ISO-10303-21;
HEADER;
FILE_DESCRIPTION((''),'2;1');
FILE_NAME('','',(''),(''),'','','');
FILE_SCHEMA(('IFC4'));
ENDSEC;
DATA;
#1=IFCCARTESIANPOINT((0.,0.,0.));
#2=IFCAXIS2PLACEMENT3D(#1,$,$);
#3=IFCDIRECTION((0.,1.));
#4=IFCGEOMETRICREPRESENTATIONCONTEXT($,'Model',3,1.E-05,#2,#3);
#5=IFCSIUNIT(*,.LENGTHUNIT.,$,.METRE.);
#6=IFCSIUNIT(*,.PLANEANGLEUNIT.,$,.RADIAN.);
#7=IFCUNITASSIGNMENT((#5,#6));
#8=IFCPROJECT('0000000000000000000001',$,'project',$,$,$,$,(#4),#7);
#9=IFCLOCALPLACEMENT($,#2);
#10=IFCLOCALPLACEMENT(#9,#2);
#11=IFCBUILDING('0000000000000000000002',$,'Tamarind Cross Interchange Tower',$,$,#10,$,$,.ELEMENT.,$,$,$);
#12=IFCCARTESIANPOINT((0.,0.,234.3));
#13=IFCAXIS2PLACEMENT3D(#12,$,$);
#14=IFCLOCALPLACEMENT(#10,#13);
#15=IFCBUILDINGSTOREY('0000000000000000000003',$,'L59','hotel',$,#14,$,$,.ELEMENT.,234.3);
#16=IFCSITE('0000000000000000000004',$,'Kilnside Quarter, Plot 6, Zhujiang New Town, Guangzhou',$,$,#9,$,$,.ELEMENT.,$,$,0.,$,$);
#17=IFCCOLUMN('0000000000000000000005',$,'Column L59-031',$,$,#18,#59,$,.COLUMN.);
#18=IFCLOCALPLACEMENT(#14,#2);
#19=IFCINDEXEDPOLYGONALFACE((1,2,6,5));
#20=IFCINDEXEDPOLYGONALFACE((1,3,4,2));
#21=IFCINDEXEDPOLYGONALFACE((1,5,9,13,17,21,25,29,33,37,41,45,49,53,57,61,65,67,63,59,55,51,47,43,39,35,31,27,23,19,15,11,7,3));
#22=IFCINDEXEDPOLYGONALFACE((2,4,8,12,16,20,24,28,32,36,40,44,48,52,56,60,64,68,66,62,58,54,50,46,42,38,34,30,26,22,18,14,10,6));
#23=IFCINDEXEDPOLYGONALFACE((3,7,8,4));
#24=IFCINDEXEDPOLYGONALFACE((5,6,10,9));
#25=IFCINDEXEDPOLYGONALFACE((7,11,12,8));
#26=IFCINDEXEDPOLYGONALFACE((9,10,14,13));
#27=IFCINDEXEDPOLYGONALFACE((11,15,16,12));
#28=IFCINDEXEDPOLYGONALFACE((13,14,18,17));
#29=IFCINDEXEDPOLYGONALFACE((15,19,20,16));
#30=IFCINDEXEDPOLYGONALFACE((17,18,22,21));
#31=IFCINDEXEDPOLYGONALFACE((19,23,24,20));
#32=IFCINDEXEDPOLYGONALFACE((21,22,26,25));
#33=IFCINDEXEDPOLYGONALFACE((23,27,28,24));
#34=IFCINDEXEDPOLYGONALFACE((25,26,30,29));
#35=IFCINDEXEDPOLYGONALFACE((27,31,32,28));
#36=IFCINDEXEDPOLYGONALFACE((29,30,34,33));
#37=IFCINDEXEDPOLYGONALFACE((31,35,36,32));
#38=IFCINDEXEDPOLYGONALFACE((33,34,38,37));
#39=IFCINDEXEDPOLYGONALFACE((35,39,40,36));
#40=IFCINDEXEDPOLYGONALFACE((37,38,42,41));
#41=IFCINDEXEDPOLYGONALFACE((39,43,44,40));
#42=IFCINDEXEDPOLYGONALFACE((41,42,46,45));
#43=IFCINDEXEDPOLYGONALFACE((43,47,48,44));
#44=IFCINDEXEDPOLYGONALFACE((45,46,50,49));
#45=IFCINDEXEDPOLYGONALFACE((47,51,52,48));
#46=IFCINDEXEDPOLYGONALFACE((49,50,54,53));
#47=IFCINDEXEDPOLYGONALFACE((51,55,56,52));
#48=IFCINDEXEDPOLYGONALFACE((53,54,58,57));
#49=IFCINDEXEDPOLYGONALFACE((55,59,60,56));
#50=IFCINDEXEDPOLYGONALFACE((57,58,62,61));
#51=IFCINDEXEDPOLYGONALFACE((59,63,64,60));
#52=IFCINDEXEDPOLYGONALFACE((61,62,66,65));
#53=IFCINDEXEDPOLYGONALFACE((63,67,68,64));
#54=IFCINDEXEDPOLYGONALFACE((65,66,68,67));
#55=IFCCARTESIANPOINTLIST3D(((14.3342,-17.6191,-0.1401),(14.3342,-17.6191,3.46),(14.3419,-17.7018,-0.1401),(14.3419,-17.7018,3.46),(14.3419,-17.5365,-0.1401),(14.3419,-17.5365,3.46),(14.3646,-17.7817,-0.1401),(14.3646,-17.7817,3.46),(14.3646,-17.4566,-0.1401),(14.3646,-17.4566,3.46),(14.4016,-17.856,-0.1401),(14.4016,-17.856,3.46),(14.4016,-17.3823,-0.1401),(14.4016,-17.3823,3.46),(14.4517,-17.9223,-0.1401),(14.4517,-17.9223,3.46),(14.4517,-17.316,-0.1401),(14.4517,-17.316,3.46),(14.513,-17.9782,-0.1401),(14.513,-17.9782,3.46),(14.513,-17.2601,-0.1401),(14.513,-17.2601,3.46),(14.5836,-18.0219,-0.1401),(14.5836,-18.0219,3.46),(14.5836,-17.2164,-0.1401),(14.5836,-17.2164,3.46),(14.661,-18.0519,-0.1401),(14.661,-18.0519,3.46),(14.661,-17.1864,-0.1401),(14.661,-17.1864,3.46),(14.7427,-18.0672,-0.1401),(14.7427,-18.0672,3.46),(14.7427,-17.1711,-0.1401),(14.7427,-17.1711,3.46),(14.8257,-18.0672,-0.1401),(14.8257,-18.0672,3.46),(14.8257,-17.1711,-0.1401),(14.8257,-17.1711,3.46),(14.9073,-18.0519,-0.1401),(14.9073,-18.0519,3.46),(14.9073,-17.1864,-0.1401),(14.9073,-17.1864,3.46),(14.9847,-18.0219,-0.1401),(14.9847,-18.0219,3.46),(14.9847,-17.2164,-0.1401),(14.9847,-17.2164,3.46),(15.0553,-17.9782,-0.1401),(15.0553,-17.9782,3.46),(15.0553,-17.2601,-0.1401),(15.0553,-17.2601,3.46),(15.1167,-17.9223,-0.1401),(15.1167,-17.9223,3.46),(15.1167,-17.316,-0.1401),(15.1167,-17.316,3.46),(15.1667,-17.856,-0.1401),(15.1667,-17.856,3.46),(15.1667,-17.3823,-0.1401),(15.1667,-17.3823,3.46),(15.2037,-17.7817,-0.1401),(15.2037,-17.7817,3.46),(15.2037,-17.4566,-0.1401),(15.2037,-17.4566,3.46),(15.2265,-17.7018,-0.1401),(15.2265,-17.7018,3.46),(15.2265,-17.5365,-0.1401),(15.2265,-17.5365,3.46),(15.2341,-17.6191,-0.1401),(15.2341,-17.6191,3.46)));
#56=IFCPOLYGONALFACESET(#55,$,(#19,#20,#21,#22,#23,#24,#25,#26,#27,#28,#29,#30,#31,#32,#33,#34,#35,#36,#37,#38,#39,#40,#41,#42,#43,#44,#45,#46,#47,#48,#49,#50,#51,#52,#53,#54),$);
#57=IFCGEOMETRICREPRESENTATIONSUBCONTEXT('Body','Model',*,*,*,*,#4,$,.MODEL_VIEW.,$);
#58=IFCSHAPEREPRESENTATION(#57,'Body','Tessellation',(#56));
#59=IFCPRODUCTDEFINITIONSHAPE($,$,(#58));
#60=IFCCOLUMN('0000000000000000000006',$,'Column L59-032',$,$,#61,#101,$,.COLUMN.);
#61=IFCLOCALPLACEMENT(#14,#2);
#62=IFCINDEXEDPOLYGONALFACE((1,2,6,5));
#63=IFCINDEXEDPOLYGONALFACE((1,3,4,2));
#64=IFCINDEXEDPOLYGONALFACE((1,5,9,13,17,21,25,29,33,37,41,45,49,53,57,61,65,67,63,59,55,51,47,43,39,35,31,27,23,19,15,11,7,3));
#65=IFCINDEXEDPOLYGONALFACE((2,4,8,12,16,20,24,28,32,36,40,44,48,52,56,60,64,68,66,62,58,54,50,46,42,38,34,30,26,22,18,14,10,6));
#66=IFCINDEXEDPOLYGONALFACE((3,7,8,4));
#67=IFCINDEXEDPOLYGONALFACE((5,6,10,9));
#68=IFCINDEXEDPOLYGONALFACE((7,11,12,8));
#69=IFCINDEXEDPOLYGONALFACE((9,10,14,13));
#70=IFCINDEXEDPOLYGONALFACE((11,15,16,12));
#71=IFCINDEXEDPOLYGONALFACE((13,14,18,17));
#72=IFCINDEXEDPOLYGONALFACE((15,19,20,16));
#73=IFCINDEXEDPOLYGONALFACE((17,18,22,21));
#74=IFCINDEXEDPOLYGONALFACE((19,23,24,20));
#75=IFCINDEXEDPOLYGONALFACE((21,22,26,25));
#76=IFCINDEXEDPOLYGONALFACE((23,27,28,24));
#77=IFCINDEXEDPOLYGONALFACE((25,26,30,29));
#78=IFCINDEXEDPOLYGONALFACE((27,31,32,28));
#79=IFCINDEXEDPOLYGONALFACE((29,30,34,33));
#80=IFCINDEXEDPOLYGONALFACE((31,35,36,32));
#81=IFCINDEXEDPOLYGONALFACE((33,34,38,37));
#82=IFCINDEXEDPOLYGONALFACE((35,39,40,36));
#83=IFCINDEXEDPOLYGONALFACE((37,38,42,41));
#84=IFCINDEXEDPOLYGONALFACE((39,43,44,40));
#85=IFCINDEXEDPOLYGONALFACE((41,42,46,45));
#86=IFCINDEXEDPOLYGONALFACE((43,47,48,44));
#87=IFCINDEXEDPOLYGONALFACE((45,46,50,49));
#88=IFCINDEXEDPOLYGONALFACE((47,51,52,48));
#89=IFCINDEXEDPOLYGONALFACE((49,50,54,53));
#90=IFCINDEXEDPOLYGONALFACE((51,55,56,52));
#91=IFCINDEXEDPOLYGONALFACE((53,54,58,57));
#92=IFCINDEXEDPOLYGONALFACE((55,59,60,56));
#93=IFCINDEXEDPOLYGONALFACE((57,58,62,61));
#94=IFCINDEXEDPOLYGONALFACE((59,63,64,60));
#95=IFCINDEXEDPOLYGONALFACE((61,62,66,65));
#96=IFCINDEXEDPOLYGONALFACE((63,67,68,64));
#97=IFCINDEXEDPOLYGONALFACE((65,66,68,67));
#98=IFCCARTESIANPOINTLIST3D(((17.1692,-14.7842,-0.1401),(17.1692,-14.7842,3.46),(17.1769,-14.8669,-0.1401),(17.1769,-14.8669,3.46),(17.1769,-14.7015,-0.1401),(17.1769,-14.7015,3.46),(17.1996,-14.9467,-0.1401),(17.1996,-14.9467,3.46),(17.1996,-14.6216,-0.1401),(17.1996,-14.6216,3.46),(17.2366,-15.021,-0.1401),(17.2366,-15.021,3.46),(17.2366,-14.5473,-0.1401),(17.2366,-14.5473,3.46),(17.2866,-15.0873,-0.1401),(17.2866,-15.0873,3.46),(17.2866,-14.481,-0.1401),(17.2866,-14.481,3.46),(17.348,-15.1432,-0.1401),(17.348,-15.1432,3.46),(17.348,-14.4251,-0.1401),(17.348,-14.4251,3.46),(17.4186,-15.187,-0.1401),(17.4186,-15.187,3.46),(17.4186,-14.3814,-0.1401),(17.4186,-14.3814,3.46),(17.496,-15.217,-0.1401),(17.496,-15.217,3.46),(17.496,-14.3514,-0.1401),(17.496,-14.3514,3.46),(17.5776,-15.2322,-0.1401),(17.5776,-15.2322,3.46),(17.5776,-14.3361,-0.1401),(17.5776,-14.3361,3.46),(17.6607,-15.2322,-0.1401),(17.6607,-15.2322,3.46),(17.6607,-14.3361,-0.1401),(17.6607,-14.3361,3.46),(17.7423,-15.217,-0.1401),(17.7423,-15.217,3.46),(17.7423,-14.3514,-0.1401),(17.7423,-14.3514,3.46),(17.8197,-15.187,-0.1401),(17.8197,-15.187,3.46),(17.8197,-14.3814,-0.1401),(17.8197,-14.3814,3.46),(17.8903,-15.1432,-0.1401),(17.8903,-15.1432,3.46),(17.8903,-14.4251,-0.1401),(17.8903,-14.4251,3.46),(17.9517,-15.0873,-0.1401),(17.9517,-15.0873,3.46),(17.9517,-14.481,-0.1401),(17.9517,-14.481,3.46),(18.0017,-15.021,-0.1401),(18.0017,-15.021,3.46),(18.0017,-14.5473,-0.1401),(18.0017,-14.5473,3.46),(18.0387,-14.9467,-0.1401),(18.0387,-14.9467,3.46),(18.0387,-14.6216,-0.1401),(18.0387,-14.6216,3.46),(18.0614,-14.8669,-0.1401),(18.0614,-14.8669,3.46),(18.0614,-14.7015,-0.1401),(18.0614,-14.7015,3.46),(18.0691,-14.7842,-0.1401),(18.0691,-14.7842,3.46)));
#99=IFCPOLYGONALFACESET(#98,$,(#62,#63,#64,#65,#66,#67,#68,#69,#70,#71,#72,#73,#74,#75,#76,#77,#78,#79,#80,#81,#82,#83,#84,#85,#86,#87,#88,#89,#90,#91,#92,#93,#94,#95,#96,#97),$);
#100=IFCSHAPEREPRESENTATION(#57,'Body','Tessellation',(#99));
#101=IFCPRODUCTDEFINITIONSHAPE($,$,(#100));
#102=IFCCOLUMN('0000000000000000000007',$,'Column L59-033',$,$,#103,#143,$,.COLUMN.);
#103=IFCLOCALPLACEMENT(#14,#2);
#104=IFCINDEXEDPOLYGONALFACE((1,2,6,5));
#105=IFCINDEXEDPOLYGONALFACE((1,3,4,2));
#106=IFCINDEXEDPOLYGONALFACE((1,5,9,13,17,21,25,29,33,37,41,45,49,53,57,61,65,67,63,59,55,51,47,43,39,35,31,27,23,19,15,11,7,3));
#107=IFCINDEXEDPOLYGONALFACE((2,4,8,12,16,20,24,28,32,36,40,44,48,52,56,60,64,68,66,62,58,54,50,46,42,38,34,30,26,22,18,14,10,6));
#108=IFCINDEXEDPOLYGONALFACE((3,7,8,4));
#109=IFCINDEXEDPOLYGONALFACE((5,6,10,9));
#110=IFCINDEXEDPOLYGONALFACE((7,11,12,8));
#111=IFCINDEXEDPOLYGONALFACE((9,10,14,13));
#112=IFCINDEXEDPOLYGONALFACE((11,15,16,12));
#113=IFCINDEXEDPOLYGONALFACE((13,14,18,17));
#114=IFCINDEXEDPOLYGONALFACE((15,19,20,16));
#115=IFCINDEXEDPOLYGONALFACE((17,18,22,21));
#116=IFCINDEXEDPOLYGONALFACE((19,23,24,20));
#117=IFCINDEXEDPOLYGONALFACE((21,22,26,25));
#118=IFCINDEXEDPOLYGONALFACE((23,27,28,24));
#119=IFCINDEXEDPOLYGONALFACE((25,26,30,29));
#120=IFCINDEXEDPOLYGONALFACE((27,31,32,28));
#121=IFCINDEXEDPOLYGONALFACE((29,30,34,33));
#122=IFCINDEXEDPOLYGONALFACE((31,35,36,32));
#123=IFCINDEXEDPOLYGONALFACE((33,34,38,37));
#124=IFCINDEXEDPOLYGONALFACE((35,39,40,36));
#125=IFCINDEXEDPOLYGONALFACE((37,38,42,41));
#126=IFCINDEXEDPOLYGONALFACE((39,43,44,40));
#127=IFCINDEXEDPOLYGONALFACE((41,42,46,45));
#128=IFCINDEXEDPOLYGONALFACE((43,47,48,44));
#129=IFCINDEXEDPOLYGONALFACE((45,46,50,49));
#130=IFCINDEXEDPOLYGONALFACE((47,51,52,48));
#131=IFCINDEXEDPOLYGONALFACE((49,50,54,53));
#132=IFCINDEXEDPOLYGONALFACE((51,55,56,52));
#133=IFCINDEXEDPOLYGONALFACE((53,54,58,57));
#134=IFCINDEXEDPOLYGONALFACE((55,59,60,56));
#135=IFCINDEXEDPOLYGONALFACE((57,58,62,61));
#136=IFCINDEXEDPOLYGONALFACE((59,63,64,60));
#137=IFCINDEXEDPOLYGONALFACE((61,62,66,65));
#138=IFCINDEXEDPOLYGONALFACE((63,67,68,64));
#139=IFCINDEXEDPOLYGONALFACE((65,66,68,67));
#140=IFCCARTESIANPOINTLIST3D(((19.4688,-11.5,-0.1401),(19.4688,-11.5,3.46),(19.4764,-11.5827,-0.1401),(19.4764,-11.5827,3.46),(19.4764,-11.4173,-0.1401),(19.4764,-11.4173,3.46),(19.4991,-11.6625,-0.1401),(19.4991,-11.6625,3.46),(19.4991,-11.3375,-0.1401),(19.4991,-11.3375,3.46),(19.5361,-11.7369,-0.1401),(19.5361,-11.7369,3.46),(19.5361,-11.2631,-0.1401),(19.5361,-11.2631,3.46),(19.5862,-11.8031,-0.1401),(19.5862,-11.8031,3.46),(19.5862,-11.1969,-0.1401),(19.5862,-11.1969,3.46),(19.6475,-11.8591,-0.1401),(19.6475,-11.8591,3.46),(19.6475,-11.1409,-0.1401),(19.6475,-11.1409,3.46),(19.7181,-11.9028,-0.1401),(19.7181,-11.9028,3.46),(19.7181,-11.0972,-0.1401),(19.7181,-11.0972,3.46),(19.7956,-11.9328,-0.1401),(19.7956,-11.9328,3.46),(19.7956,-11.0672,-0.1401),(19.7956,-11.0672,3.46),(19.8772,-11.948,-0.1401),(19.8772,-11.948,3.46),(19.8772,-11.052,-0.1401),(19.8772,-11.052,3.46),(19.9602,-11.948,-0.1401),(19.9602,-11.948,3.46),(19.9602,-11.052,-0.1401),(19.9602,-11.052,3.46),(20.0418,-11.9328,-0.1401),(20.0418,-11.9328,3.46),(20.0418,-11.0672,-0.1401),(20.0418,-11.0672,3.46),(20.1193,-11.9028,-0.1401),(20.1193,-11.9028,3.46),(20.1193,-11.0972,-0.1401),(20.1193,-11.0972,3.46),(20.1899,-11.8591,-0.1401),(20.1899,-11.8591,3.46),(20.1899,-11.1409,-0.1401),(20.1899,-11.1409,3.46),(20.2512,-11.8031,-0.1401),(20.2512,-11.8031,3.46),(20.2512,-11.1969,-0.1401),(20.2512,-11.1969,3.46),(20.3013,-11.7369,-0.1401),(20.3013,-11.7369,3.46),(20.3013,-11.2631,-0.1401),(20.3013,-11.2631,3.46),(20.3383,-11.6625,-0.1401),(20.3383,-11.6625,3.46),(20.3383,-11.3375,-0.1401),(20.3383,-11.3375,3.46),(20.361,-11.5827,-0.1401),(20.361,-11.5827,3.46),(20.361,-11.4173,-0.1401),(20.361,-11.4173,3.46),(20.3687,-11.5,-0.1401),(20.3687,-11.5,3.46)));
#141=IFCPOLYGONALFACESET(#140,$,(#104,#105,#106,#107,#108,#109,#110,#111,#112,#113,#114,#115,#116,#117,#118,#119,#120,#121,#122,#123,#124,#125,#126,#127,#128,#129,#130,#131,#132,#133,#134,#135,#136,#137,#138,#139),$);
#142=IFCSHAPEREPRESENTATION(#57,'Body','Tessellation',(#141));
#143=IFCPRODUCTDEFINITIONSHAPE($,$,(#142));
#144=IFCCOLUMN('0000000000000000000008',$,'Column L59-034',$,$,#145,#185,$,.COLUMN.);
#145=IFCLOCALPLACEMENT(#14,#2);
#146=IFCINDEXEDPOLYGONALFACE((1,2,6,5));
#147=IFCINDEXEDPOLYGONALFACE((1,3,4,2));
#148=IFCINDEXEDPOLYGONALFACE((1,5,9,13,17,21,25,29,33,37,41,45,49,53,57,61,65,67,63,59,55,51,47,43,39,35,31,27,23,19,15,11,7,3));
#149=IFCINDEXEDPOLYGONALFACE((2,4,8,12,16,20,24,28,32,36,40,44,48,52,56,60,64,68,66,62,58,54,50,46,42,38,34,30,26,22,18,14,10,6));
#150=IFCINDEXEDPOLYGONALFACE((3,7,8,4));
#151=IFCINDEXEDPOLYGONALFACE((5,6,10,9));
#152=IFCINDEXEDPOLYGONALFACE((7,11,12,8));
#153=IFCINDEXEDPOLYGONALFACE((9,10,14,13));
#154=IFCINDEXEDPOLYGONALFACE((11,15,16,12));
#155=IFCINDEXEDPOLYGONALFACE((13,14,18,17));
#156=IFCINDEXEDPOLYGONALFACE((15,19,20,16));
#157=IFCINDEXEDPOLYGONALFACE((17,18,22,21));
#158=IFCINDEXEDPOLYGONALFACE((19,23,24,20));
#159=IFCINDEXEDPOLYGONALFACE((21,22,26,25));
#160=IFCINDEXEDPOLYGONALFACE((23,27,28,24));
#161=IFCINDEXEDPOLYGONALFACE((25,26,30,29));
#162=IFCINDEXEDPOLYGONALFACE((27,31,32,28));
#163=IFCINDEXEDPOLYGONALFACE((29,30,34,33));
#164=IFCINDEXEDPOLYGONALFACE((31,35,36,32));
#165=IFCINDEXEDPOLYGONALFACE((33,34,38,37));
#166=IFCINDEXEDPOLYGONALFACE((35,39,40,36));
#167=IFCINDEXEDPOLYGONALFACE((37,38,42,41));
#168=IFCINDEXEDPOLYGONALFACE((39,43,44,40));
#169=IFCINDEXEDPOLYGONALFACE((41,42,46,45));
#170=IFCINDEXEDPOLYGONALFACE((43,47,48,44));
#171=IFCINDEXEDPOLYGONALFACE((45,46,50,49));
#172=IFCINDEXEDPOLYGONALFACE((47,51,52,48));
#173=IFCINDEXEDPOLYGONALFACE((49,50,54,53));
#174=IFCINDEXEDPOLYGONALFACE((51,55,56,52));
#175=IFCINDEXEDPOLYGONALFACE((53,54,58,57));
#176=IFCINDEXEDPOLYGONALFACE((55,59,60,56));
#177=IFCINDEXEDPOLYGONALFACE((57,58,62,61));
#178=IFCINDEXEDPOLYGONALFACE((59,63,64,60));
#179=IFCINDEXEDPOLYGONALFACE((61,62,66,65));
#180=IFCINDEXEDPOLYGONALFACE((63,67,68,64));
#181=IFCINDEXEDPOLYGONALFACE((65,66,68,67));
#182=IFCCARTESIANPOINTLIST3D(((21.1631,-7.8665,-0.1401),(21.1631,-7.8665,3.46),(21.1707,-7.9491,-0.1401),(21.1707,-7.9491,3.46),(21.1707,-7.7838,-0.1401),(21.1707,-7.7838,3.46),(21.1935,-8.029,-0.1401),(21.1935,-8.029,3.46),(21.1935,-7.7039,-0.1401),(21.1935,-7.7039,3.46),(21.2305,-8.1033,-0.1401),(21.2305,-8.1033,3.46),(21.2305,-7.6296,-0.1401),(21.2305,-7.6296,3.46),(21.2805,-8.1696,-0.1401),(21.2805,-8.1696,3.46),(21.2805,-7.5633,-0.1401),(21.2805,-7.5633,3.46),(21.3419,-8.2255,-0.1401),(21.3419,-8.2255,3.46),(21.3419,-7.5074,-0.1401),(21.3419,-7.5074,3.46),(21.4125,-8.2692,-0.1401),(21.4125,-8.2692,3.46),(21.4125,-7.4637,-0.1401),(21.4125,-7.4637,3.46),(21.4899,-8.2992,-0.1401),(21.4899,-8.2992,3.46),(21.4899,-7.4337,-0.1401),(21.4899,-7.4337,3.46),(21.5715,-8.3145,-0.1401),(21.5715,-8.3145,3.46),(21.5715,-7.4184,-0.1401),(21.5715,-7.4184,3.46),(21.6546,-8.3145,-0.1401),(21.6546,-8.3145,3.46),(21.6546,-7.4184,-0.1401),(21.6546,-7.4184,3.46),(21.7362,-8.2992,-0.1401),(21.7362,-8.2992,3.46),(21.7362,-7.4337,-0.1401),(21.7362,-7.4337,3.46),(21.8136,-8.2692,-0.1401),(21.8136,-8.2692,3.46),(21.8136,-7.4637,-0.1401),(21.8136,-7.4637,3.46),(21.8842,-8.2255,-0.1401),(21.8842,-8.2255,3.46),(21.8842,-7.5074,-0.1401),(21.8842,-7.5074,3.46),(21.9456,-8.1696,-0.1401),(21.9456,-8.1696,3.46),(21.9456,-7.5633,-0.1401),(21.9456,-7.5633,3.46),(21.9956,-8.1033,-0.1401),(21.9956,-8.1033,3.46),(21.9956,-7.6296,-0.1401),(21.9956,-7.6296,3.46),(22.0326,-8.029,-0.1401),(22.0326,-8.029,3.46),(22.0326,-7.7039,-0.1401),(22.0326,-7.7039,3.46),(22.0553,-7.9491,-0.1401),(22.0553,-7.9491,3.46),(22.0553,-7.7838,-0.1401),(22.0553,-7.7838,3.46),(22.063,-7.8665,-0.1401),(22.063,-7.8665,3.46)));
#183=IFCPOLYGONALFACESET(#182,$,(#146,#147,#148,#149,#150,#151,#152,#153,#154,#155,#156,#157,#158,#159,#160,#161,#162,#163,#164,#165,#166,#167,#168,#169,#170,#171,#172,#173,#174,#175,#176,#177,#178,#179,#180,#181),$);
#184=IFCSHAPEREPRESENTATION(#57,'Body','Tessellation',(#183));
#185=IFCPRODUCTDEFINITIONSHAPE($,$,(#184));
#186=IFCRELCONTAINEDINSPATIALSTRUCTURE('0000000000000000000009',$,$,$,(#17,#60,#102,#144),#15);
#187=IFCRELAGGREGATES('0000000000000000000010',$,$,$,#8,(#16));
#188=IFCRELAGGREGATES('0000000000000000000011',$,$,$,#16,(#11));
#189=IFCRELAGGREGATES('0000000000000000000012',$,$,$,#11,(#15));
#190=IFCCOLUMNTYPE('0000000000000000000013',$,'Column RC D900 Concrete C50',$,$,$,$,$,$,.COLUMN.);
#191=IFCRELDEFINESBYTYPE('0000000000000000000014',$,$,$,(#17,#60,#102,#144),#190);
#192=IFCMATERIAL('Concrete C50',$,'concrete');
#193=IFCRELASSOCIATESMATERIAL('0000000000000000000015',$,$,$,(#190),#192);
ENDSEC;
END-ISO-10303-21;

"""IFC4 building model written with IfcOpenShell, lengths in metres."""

from ifc_helpers import new_model, si_unit, direction, frame, origin, origin_2d, place, context, subcontext, project, spatial, circle, extrude, material, material_profile, profile_set, type_object, element, save


model = new_model("IFC4")

# Units and contexts
model_context = context("Model", 3, precision=1e-05, world=origin(), true_north=direction((0.0, 1.0)))
body_context = subcontext(model_context, "Body", "Model", "MODEL_VIEW")
ifc_project = project(units=[si_unit("LENGTHUNIT", "METRE"), si_unit("PLANEANGLEUNIT", "RADIAN")], contexts=[model_context])

# Site, building, storey
site_placement = place(None, origin())
site = spatial("IfcSite", under=ifc_project, at=site_placement, Name="Kilnside Quarter, Plot 6, Zhujiang New Town, Guangzhou", CompositionType="ELEMENT", RefElevation=0.0)
building_placement = place(site_placement, origin())
building = spatial("IfcBuilding", under=site, at=building_placement, Name="Tamarind Cross Interchange Tower", CompositionType="ELEMENT")
storey_placement = place(building_placement, frame((0.0, 0.0, 234.3)))
storey = spatial("IfcBuildingStorey", under=building, at=storey_placement, Name="L59", Description="hotel", CompositionType="ELEMENT", Elevation=234.3)

# Columns
ifc_material_1 = material(Name="Concrete C50", Category="concrete")
ifc_material_profile_1 = material_profile(ifc_material_1, circle(Radius=0.45, at=origin_2d()), Name="RC D900")
ifc_profile_set_1 = profile_set([ifc_material_profile_1], Name="Concrete C50")
column_type = type_object("IfcColumnType", Name="Column RC D900 Concrete C50", PredefinedType="COLUMN", material=ifc_profile_set_1)
for number, where, z_axis, x_axis, name in (
    (1, (14.7842, -17.6191, -0.1401), (0.0, 0.0, 1.0), (1.0, 0.0, 0.0), "Column L59-031"),
    (2, (17.6191, -14.7842, -0.1401), (0.0, 0.0, 1.0), (1.0, 0.0, 0.0), "Column L59-032"),
    (3, (19.9187, -11.5, -0.1401), (0.0, 0.0, 1.0), (1.0, 0.0, 0.0), "Column L59-033"),
    (4, (21.613, -7.8665, -0.1401), (0.0, 0.0, 1.0), (1.0, 0.0, 0.0), "Column L59-034"),
):
    element("IfcColumn", number, at=place(storey_placement, frame(where, z_axis=z_axis, x_axis=x_axis)), inside=storey, type_object=column_type, Name=name, PredefinedType="COLUMN", context=body_context, shape_type="SweptSolid", body=[
        extrude(circle(Radius=0.45, at=origin_2d()), origin(), (0.0, 0.0, 1.0), 3.6001),
    ])

save(model, "model.ifc")
